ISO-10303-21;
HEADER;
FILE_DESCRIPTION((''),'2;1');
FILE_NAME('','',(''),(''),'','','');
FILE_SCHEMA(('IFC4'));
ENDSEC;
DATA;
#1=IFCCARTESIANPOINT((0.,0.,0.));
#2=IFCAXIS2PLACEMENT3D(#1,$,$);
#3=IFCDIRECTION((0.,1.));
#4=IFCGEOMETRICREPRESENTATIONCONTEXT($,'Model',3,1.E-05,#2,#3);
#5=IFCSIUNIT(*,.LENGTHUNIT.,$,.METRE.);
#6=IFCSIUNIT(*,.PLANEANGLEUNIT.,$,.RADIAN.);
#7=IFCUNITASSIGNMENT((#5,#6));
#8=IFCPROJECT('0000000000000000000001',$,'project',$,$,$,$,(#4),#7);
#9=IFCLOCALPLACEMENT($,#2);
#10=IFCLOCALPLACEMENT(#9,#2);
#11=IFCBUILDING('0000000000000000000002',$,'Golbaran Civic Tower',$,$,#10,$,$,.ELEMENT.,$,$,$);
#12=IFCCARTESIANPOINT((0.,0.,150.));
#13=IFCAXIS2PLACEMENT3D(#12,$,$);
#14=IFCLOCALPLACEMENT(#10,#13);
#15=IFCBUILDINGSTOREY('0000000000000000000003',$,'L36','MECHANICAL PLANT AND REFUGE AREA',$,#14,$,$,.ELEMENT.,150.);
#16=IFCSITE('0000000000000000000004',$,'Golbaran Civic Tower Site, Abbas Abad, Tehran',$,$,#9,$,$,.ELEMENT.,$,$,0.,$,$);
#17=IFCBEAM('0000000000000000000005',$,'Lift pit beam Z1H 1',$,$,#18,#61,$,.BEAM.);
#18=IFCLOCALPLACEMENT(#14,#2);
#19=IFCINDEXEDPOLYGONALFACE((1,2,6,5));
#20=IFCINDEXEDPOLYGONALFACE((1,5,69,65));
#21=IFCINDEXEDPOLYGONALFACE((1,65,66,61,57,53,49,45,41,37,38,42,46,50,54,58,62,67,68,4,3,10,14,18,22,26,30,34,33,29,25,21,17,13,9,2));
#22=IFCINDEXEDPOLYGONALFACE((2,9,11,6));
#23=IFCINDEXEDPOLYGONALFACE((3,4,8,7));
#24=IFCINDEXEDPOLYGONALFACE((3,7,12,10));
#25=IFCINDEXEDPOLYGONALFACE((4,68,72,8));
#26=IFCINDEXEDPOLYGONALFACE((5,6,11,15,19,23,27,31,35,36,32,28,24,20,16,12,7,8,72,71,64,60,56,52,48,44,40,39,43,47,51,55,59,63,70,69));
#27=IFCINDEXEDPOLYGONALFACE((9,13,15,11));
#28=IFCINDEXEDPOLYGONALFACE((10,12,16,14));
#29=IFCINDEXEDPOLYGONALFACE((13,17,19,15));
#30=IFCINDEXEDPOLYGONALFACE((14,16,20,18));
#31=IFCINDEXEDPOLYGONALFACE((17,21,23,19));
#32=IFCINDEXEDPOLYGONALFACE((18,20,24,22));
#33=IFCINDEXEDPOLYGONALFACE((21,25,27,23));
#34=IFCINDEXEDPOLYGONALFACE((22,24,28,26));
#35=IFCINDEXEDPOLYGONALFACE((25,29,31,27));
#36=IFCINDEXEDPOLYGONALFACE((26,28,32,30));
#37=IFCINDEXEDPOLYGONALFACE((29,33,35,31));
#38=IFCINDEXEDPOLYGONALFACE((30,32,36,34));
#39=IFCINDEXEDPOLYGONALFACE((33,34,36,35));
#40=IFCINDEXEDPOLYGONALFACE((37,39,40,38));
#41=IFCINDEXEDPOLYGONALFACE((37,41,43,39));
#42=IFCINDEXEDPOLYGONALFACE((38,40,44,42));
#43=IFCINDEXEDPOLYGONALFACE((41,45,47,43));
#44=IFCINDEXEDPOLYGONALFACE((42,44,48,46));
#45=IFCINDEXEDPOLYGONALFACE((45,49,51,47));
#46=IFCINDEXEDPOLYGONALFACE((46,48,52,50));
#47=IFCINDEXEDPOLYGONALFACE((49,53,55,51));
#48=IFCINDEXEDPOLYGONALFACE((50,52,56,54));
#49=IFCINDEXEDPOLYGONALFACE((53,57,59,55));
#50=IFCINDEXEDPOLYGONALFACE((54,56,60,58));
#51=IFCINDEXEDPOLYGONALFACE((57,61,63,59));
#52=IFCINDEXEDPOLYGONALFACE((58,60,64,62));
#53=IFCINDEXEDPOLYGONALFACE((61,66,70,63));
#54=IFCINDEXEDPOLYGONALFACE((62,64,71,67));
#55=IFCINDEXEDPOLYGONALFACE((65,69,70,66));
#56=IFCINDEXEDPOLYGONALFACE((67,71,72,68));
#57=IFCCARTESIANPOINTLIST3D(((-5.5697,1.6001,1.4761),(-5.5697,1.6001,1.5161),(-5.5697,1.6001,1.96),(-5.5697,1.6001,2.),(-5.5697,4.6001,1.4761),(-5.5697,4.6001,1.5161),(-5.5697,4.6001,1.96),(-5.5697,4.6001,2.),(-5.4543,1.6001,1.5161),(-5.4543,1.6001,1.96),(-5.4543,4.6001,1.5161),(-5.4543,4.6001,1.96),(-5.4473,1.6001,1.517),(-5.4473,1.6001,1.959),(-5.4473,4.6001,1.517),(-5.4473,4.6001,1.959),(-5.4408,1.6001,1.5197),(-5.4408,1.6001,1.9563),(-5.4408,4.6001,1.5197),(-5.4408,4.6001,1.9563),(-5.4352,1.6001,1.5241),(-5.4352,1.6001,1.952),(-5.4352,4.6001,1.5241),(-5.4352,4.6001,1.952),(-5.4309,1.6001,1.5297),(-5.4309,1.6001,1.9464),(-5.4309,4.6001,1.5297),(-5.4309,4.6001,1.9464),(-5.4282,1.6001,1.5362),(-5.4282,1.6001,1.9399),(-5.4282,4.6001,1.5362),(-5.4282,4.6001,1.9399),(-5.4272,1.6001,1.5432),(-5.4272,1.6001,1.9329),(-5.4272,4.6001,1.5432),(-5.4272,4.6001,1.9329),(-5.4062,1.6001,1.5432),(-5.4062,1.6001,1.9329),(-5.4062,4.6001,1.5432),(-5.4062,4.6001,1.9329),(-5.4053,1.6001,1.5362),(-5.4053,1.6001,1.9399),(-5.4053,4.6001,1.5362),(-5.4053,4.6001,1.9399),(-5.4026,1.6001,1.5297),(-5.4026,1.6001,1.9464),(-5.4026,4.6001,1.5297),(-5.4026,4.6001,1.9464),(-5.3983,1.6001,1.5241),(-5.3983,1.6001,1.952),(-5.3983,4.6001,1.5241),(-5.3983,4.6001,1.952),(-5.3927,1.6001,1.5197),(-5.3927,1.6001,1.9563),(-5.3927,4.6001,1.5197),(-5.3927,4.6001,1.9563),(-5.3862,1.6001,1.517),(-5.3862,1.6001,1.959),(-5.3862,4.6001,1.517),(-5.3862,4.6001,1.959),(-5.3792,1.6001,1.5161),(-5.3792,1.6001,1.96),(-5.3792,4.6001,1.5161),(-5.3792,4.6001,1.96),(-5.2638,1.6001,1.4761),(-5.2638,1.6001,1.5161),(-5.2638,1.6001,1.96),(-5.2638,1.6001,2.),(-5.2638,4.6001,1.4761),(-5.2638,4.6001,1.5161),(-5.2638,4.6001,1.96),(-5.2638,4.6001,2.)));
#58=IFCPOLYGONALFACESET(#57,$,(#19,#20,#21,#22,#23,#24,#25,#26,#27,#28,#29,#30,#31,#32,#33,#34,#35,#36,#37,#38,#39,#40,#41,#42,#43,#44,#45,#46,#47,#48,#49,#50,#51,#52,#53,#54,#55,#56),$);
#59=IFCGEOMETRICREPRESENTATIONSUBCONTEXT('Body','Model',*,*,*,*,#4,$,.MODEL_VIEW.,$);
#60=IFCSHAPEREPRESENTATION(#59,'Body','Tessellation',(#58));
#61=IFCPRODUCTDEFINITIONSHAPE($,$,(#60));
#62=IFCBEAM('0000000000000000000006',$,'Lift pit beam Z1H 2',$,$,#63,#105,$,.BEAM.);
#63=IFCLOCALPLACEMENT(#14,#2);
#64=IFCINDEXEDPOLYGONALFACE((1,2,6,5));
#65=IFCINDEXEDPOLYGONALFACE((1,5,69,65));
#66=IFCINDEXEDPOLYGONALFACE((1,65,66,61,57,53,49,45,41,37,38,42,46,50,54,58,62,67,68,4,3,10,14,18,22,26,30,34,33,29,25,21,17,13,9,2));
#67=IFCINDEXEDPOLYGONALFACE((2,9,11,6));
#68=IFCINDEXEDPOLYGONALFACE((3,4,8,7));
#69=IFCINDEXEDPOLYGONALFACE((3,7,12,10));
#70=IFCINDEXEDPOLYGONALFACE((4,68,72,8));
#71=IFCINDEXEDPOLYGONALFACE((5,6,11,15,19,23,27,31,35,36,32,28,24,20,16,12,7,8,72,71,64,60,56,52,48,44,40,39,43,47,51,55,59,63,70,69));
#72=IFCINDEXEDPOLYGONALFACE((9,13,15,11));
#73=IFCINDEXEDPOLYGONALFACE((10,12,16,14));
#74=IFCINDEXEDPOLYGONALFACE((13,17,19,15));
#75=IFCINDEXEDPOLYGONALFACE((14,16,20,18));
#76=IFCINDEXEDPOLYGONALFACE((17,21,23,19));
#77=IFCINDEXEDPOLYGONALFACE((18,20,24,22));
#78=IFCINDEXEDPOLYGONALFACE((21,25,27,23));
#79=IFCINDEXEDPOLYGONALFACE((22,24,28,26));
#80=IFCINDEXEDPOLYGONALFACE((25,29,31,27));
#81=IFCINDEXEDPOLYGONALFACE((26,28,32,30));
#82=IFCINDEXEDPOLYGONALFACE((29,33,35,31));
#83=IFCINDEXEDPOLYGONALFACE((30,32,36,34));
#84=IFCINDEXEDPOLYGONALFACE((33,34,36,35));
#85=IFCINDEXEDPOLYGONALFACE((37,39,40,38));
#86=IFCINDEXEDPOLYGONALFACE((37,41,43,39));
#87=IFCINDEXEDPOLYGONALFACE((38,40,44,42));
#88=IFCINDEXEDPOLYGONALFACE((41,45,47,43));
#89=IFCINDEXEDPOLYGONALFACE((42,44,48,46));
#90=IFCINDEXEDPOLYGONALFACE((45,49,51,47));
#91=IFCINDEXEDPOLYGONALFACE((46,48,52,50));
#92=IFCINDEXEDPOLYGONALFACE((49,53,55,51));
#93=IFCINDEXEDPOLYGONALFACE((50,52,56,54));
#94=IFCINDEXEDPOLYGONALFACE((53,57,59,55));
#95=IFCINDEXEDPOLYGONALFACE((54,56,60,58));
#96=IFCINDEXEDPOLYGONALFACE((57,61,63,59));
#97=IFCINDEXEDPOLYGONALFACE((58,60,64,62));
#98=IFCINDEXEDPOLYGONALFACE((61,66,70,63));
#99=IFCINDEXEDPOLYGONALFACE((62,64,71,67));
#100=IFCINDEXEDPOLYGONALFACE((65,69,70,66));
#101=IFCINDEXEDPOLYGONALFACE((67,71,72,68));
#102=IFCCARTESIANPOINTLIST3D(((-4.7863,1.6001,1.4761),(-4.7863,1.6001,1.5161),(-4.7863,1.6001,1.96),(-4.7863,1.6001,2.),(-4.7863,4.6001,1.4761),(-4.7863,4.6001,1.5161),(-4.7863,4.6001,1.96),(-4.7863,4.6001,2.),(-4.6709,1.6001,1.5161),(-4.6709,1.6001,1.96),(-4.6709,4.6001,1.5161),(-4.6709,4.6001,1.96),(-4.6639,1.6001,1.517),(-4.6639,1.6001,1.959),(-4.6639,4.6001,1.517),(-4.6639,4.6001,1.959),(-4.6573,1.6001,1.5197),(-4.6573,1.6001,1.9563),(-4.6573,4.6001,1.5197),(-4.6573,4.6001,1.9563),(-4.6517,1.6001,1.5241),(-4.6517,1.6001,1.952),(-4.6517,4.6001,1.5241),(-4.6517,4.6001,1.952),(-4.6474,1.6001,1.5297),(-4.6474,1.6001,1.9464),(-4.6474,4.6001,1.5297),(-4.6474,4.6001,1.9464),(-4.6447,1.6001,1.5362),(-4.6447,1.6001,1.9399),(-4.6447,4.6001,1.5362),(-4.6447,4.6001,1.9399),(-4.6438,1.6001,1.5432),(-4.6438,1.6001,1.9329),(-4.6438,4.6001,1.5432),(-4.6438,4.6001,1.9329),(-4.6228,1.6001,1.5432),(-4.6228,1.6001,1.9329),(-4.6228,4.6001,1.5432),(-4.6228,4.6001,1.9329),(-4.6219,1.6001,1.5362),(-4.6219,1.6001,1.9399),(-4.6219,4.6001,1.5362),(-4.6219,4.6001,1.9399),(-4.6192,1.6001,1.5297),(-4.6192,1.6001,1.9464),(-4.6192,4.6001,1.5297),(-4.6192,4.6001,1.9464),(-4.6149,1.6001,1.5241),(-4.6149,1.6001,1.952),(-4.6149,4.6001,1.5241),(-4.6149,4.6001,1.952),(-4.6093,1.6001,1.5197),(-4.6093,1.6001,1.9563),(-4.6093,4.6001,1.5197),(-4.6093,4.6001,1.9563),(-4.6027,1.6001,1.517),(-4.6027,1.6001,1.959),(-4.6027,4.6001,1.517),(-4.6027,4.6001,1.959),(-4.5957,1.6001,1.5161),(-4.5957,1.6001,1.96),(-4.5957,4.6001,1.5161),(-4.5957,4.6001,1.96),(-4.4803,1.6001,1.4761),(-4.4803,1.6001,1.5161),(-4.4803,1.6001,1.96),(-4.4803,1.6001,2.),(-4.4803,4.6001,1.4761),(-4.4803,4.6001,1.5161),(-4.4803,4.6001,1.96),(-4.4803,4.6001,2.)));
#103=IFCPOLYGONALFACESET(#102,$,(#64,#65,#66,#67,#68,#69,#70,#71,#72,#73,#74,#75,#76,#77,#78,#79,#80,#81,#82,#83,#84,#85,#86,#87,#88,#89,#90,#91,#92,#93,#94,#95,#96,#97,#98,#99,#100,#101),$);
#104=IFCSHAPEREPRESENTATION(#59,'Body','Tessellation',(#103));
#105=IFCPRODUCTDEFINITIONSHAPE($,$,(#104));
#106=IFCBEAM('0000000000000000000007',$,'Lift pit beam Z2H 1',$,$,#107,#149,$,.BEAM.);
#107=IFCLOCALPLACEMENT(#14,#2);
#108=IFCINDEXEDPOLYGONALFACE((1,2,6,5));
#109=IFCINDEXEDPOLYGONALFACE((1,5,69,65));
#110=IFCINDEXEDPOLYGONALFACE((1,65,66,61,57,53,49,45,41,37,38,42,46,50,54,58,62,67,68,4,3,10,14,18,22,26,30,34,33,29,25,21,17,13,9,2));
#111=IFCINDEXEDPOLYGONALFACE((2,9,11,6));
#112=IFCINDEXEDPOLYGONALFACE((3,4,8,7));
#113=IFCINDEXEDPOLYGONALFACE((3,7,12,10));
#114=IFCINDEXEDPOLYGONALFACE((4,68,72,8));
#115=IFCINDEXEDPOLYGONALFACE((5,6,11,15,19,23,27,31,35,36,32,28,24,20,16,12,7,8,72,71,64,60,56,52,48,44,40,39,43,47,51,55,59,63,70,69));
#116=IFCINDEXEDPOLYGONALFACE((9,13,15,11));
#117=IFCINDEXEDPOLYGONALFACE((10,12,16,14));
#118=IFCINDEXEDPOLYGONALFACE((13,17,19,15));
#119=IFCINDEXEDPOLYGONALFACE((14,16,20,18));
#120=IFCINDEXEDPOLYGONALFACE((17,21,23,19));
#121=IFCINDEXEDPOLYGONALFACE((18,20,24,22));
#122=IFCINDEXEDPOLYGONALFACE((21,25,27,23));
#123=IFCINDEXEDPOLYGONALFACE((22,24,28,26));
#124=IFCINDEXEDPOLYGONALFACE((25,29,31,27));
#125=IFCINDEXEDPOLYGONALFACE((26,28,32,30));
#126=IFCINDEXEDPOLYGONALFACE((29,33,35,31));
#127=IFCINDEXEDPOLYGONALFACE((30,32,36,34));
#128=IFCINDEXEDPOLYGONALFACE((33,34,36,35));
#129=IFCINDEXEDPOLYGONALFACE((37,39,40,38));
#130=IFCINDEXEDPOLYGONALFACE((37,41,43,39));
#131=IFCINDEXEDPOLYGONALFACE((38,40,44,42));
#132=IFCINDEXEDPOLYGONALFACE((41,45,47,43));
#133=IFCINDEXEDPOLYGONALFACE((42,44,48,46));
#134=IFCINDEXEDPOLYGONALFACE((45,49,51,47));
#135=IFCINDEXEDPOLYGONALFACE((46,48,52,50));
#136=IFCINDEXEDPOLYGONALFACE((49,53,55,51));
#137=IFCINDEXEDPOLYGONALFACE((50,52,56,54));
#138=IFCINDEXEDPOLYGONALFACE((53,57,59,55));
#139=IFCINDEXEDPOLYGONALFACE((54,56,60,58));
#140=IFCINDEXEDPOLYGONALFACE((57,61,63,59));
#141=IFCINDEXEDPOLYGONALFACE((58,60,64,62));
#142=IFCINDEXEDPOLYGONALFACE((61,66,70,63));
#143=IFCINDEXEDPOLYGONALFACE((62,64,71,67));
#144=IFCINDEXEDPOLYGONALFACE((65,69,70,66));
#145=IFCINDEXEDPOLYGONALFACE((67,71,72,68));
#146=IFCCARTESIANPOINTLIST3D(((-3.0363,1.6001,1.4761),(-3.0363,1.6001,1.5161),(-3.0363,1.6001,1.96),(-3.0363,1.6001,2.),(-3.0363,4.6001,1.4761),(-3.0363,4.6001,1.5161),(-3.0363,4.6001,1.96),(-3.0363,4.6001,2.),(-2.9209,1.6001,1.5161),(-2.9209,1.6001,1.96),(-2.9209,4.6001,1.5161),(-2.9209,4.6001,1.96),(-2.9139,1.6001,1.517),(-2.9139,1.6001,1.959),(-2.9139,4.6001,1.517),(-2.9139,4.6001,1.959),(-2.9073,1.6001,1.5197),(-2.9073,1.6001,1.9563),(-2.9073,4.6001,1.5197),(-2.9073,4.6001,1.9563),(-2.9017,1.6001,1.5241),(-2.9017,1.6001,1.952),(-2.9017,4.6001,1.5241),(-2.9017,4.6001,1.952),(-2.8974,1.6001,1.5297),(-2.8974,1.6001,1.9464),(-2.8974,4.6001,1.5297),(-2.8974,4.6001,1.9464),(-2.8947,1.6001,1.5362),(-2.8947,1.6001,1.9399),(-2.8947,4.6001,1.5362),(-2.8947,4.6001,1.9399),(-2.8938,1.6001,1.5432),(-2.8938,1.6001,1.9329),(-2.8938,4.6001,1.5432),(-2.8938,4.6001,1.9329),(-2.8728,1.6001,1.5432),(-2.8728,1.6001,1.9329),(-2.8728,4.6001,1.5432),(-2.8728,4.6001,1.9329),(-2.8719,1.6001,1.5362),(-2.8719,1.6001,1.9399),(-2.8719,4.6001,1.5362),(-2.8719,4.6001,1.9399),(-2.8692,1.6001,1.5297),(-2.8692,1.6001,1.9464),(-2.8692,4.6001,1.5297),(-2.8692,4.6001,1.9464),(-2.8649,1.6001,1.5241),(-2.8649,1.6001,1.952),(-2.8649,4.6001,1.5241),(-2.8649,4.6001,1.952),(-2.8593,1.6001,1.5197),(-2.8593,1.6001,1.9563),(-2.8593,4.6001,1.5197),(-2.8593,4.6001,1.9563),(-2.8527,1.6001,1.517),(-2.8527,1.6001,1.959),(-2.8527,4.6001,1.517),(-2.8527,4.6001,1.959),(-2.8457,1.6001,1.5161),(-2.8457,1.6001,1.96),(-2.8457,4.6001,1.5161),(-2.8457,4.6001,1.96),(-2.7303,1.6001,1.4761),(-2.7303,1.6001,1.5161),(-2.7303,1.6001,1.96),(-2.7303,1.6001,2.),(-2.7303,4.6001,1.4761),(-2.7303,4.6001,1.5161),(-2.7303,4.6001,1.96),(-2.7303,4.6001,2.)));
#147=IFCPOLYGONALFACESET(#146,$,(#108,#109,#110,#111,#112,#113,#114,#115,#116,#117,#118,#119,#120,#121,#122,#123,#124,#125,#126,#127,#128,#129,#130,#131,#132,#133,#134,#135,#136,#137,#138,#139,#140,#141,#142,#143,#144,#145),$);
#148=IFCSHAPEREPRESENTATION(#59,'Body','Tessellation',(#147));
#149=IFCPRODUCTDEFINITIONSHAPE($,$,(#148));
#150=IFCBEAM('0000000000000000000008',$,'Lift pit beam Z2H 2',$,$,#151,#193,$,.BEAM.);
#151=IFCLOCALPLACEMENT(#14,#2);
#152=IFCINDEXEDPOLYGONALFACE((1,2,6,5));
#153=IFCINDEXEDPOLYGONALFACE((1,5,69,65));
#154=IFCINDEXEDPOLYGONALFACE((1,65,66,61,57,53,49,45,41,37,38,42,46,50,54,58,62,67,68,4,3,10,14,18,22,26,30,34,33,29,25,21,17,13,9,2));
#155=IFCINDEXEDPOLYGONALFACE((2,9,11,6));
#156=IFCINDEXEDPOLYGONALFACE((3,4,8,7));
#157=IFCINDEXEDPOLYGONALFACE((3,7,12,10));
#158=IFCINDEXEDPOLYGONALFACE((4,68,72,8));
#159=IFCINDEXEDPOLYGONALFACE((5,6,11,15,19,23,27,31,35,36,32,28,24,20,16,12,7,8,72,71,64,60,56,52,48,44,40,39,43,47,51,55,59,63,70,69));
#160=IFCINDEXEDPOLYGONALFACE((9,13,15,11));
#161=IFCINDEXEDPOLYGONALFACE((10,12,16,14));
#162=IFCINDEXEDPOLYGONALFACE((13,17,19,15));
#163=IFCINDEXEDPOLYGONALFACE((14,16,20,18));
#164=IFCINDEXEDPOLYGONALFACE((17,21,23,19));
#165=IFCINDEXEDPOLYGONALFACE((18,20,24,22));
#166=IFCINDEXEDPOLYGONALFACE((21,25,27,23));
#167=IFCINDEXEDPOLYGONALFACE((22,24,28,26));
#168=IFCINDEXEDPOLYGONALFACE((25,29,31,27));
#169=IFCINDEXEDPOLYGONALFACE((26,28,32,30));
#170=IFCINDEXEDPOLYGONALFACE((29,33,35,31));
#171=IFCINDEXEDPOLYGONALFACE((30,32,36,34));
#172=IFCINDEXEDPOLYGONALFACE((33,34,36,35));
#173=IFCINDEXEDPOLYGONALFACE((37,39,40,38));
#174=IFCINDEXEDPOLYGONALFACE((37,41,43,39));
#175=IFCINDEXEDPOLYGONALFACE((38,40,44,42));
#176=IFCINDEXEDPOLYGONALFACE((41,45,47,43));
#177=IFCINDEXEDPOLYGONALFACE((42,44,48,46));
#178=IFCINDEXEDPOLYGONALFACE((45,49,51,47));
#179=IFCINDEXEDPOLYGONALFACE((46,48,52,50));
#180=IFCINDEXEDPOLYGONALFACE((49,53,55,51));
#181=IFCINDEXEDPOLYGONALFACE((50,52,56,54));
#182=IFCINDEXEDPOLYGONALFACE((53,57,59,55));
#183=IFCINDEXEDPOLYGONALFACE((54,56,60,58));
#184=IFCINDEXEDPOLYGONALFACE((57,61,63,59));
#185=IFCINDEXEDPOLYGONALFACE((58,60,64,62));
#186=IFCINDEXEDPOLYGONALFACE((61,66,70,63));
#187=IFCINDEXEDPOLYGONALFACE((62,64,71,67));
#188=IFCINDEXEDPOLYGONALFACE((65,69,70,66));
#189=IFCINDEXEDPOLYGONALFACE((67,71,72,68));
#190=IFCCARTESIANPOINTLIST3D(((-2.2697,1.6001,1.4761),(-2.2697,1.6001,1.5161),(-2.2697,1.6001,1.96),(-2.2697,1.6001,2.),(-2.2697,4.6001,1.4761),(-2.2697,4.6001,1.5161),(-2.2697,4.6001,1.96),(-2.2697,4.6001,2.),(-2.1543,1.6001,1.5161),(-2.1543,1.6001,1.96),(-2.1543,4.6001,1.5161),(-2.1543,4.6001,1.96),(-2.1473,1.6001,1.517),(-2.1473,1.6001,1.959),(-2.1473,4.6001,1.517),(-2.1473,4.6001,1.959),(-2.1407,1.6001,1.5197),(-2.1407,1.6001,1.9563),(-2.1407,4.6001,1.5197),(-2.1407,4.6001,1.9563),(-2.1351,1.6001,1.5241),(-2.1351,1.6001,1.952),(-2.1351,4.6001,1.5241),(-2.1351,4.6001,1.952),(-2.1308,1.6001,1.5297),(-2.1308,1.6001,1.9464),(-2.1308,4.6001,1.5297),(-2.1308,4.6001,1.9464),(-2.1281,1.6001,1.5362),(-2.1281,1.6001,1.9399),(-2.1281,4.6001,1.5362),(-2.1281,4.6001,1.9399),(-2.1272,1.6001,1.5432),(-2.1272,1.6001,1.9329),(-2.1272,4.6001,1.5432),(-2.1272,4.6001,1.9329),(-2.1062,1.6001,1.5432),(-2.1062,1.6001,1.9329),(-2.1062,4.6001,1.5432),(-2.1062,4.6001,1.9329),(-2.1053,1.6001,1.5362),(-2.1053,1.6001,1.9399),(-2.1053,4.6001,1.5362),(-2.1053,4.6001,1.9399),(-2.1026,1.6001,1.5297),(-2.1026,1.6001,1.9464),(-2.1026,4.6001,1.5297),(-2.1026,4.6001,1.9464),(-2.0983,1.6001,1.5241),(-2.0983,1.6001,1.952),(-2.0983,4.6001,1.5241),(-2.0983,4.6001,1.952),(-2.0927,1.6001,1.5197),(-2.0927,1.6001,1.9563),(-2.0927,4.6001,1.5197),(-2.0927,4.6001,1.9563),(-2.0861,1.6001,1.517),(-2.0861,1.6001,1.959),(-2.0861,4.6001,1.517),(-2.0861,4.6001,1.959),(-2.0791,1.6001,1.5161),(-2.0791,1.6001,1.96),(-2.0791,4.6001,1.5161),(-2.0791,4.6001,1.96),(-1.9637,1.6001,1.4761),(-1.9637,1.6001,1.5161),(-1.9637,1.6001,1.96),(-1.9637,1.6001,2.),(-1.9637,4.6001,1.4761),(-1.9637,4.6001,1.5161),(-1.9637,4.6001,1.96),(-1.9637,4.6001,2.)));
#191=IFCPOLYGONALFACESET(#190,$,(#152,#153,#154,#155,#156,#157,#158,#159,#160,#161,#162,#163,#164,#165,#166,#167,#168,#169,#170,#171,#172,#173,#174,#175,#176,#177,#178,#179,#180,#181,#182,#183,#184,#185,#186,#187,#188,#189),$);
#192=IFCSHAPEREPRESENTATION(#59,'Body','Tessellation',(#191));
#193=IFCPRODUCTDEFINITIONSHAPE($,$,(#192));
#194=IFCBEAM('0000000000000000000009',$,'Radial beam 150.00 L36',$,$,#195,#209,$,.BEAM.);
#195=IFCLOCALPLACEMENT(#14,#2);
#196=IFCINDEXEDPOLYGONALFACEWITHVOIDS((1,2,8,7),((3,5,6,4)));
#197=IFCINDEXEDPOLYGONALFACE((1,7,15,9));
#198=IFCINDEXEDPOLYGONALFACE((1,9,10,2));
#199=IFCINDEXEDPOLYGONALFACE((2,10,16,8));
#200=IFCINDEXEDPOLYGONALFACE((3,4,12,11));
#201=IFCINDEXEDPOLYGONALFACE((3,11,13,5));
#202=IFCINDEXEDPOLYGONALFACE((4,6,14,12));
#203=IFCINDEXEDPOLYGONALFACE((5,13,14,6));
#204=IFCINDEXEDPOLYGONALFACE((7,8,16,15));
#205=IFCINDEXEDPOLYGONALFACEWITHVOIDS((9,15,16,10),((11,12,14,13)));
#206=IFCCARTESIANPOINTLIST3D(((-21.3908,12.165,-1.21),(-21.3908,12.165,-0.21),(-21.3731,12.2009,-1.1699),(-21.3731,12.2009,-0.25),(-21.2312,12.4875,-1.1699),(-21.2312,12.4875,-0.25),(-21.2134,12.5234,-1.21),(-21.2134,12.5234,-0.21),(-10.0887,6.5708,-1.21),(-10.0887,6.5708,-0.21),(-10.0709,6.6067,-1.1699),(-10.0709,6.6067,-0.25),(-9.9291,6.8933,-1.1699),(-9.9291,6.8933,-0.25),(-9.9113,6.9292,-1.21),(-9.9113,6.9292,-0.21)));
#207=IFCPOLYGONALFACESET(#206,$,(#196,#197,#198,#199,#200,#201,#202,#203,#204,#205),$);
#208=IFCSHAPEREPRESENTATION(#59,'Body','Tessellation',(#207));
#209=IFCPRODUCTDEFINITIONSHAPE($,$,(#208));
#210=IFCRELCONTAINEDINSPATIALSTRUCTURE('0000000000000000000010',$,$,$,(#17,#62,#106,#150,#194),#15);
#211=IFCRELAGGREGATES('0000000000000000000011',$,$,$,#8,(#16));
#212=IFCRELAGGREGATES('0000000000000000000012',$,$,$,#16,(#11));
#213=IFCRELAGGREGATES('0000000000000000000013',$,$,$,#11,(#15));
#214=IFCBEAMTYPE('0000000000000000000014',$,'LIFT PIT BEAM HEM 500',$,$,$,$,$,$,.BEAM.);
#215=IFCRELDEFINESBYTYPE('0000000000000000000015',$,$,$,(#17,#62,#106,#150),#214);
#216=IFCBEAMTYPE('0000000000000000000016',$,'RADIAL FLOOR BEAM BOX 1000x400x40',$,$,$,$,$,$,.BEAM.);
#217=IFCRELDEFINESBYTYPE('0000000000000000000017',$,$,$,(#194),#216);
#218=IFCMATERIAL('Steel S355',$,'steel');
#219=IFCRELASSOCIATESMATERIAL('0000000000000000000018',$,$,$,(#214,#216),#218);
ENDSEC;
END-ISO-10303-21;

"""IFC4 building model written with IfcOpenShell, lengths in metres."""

from ifc_helpers import new_model, si_unit, direction, frame, origin, origin_2d, place, context, subcontext, project, spatial, hollow_rectangle, i_section, extrude, material, material_profile, profile_set, type_object, element, save


model = new_model("IFC4")

# Units and contexts
model_context = context("Model", 3, precision=1e-05, world=origin(), true_north=direction((0.0, 1.0)))
body_context = subcontext(model_context, "Body", "Model", "MODEL_VIEW")
ifc_project = project(units=[si_unit("LENGTHUNIT", "METRE"), si_unit("PLANEANGLEUNIT", "RADIAN")], contexts=[model_context])

# Site, building, storey
site_placement = place(None, origin())
site = spatial("IfcSite", under=ifc_project, at=site_placement, Name="Golbaran Civic Tower Site, Abbas Abad, Tehran", CompositionType="ELEMENT", RefElevation=0.0)
building_placement = place(site_placement, origin())
building = spatial("IfcBuilding", under=site, at=building_placement, Name="Golbaran Civic Tower", CompositionType="ELEMENT")
storey_placement = place(building_placement, frame((0.0, 0.0, 150.0)))
storey = spatial("IfcBuildingStorey", under=building, at=storey_placement, Name="L36", Description="MECHANICAL PLANT AND REFUGE AREA", CompositionType="ELEMENT", Elevation=150.0)

# Beams
ifc_material_1 = material(Name="Steel S355", Category="steel")
ifc_material_profile_1 = material_profile(ifc_material_1, i_section(OverallWidth=0.3059, OverallDepth=0.5239, WebThickness=0.021, FlangeThickness=0.04, FilletRadius=0.0271, at=origin_2d()), Name="HEM 500")
ifc_profile_set_1 = profile_set([ifc_material_profile_1], Name="Steel S355")
beam_type_1 = type_object("IfcBeamType", Name="LIFT PIT BEAM HEM 500", PredefinedType="BEAM", material=ifc_profile_set_1)
for number, where, z_axis, x_axis, name in (
    (1, (-5.4167, 1.6001, 1.738), (0.0, 1.0, 0.0), (-1.0, 0.0, 0.0), "Lift pit beam Z1H 1"),
    (2, (-4.6333, 1.6001, 1.738), (0.0, 1.0, 0.0), (-1.0, 0.0, 0.0), "Lift pit beam Z1H 2"),
    (3, (-2.8833, 1.6001, 1.738), (0.0, 1.0, 0.0), (-1.0, 0.0, 0.0), "Lift pit beam Z2H 1"),
    (4, (-2.1167, 1.6001, 1.738), (0.0, 1.0, 0.0), (-1.0, 0.0, 0.0), "Lift pit beam Z2H 2"),
):
    element("IfcBeam", number, at=place(storey_placement, frame(where, z_axis=z_axis, x_axis=x_axis)), inside=storey, type_object=beam_type_1, Name=name, PredefinedType="BEAM", context=body_context, shape_type="SweptSolid", body=[
        extrude(i_section(OverallWidth=0.3059, OverallDepth=0.5239, WebThickness=0.021, FlangeThickness=0.04, FilletRadius=0.0271, at=origin_2d()), origin(), (0.0, 0.0, 1.0), 3.0),
    ])
ifc_material_profile_2 = material_profile(ifc_material_1, hollow_rectangle(XDim=0.3999, YDim=1.0, WallThickness=0.04, at=origin_2d()), Name="BOX 1000x400x40")
ifc_profile_set_2 = profile_set([ifc_material_profile_2], Name="Steel S355")
beam_type_2 = type_object("IfcBeamType", Name="RADIAL FLOOR BEAM BOX 1000x400x40", PredefinedType="BEAM", material=ifc_profile_set_2)
beam_1_placement = place(storey_placement, frame((-10.0, 6.75, -0.71), z_axis=(-0.896224, 0.443601, 0.0), x_axis=(-0.443601, -0.896224, 0.0)))
element("IfcBeam", 5, at=beam_1_placement, inside=storey, type_object=beam_type_2, Name="Radial beam 150.00 L36", PredefinedType="BEAM", context=body_context, shape_type="SweptSolid", body=[
    extrude(hollow_rectangle(XDim=0.3999, YDim=1.0, WallThickness=0.04, at=origin_2d()), origin(), (0.0, 0.0, 1.0), 12.6108),
])

save(model, "model.ifc")
